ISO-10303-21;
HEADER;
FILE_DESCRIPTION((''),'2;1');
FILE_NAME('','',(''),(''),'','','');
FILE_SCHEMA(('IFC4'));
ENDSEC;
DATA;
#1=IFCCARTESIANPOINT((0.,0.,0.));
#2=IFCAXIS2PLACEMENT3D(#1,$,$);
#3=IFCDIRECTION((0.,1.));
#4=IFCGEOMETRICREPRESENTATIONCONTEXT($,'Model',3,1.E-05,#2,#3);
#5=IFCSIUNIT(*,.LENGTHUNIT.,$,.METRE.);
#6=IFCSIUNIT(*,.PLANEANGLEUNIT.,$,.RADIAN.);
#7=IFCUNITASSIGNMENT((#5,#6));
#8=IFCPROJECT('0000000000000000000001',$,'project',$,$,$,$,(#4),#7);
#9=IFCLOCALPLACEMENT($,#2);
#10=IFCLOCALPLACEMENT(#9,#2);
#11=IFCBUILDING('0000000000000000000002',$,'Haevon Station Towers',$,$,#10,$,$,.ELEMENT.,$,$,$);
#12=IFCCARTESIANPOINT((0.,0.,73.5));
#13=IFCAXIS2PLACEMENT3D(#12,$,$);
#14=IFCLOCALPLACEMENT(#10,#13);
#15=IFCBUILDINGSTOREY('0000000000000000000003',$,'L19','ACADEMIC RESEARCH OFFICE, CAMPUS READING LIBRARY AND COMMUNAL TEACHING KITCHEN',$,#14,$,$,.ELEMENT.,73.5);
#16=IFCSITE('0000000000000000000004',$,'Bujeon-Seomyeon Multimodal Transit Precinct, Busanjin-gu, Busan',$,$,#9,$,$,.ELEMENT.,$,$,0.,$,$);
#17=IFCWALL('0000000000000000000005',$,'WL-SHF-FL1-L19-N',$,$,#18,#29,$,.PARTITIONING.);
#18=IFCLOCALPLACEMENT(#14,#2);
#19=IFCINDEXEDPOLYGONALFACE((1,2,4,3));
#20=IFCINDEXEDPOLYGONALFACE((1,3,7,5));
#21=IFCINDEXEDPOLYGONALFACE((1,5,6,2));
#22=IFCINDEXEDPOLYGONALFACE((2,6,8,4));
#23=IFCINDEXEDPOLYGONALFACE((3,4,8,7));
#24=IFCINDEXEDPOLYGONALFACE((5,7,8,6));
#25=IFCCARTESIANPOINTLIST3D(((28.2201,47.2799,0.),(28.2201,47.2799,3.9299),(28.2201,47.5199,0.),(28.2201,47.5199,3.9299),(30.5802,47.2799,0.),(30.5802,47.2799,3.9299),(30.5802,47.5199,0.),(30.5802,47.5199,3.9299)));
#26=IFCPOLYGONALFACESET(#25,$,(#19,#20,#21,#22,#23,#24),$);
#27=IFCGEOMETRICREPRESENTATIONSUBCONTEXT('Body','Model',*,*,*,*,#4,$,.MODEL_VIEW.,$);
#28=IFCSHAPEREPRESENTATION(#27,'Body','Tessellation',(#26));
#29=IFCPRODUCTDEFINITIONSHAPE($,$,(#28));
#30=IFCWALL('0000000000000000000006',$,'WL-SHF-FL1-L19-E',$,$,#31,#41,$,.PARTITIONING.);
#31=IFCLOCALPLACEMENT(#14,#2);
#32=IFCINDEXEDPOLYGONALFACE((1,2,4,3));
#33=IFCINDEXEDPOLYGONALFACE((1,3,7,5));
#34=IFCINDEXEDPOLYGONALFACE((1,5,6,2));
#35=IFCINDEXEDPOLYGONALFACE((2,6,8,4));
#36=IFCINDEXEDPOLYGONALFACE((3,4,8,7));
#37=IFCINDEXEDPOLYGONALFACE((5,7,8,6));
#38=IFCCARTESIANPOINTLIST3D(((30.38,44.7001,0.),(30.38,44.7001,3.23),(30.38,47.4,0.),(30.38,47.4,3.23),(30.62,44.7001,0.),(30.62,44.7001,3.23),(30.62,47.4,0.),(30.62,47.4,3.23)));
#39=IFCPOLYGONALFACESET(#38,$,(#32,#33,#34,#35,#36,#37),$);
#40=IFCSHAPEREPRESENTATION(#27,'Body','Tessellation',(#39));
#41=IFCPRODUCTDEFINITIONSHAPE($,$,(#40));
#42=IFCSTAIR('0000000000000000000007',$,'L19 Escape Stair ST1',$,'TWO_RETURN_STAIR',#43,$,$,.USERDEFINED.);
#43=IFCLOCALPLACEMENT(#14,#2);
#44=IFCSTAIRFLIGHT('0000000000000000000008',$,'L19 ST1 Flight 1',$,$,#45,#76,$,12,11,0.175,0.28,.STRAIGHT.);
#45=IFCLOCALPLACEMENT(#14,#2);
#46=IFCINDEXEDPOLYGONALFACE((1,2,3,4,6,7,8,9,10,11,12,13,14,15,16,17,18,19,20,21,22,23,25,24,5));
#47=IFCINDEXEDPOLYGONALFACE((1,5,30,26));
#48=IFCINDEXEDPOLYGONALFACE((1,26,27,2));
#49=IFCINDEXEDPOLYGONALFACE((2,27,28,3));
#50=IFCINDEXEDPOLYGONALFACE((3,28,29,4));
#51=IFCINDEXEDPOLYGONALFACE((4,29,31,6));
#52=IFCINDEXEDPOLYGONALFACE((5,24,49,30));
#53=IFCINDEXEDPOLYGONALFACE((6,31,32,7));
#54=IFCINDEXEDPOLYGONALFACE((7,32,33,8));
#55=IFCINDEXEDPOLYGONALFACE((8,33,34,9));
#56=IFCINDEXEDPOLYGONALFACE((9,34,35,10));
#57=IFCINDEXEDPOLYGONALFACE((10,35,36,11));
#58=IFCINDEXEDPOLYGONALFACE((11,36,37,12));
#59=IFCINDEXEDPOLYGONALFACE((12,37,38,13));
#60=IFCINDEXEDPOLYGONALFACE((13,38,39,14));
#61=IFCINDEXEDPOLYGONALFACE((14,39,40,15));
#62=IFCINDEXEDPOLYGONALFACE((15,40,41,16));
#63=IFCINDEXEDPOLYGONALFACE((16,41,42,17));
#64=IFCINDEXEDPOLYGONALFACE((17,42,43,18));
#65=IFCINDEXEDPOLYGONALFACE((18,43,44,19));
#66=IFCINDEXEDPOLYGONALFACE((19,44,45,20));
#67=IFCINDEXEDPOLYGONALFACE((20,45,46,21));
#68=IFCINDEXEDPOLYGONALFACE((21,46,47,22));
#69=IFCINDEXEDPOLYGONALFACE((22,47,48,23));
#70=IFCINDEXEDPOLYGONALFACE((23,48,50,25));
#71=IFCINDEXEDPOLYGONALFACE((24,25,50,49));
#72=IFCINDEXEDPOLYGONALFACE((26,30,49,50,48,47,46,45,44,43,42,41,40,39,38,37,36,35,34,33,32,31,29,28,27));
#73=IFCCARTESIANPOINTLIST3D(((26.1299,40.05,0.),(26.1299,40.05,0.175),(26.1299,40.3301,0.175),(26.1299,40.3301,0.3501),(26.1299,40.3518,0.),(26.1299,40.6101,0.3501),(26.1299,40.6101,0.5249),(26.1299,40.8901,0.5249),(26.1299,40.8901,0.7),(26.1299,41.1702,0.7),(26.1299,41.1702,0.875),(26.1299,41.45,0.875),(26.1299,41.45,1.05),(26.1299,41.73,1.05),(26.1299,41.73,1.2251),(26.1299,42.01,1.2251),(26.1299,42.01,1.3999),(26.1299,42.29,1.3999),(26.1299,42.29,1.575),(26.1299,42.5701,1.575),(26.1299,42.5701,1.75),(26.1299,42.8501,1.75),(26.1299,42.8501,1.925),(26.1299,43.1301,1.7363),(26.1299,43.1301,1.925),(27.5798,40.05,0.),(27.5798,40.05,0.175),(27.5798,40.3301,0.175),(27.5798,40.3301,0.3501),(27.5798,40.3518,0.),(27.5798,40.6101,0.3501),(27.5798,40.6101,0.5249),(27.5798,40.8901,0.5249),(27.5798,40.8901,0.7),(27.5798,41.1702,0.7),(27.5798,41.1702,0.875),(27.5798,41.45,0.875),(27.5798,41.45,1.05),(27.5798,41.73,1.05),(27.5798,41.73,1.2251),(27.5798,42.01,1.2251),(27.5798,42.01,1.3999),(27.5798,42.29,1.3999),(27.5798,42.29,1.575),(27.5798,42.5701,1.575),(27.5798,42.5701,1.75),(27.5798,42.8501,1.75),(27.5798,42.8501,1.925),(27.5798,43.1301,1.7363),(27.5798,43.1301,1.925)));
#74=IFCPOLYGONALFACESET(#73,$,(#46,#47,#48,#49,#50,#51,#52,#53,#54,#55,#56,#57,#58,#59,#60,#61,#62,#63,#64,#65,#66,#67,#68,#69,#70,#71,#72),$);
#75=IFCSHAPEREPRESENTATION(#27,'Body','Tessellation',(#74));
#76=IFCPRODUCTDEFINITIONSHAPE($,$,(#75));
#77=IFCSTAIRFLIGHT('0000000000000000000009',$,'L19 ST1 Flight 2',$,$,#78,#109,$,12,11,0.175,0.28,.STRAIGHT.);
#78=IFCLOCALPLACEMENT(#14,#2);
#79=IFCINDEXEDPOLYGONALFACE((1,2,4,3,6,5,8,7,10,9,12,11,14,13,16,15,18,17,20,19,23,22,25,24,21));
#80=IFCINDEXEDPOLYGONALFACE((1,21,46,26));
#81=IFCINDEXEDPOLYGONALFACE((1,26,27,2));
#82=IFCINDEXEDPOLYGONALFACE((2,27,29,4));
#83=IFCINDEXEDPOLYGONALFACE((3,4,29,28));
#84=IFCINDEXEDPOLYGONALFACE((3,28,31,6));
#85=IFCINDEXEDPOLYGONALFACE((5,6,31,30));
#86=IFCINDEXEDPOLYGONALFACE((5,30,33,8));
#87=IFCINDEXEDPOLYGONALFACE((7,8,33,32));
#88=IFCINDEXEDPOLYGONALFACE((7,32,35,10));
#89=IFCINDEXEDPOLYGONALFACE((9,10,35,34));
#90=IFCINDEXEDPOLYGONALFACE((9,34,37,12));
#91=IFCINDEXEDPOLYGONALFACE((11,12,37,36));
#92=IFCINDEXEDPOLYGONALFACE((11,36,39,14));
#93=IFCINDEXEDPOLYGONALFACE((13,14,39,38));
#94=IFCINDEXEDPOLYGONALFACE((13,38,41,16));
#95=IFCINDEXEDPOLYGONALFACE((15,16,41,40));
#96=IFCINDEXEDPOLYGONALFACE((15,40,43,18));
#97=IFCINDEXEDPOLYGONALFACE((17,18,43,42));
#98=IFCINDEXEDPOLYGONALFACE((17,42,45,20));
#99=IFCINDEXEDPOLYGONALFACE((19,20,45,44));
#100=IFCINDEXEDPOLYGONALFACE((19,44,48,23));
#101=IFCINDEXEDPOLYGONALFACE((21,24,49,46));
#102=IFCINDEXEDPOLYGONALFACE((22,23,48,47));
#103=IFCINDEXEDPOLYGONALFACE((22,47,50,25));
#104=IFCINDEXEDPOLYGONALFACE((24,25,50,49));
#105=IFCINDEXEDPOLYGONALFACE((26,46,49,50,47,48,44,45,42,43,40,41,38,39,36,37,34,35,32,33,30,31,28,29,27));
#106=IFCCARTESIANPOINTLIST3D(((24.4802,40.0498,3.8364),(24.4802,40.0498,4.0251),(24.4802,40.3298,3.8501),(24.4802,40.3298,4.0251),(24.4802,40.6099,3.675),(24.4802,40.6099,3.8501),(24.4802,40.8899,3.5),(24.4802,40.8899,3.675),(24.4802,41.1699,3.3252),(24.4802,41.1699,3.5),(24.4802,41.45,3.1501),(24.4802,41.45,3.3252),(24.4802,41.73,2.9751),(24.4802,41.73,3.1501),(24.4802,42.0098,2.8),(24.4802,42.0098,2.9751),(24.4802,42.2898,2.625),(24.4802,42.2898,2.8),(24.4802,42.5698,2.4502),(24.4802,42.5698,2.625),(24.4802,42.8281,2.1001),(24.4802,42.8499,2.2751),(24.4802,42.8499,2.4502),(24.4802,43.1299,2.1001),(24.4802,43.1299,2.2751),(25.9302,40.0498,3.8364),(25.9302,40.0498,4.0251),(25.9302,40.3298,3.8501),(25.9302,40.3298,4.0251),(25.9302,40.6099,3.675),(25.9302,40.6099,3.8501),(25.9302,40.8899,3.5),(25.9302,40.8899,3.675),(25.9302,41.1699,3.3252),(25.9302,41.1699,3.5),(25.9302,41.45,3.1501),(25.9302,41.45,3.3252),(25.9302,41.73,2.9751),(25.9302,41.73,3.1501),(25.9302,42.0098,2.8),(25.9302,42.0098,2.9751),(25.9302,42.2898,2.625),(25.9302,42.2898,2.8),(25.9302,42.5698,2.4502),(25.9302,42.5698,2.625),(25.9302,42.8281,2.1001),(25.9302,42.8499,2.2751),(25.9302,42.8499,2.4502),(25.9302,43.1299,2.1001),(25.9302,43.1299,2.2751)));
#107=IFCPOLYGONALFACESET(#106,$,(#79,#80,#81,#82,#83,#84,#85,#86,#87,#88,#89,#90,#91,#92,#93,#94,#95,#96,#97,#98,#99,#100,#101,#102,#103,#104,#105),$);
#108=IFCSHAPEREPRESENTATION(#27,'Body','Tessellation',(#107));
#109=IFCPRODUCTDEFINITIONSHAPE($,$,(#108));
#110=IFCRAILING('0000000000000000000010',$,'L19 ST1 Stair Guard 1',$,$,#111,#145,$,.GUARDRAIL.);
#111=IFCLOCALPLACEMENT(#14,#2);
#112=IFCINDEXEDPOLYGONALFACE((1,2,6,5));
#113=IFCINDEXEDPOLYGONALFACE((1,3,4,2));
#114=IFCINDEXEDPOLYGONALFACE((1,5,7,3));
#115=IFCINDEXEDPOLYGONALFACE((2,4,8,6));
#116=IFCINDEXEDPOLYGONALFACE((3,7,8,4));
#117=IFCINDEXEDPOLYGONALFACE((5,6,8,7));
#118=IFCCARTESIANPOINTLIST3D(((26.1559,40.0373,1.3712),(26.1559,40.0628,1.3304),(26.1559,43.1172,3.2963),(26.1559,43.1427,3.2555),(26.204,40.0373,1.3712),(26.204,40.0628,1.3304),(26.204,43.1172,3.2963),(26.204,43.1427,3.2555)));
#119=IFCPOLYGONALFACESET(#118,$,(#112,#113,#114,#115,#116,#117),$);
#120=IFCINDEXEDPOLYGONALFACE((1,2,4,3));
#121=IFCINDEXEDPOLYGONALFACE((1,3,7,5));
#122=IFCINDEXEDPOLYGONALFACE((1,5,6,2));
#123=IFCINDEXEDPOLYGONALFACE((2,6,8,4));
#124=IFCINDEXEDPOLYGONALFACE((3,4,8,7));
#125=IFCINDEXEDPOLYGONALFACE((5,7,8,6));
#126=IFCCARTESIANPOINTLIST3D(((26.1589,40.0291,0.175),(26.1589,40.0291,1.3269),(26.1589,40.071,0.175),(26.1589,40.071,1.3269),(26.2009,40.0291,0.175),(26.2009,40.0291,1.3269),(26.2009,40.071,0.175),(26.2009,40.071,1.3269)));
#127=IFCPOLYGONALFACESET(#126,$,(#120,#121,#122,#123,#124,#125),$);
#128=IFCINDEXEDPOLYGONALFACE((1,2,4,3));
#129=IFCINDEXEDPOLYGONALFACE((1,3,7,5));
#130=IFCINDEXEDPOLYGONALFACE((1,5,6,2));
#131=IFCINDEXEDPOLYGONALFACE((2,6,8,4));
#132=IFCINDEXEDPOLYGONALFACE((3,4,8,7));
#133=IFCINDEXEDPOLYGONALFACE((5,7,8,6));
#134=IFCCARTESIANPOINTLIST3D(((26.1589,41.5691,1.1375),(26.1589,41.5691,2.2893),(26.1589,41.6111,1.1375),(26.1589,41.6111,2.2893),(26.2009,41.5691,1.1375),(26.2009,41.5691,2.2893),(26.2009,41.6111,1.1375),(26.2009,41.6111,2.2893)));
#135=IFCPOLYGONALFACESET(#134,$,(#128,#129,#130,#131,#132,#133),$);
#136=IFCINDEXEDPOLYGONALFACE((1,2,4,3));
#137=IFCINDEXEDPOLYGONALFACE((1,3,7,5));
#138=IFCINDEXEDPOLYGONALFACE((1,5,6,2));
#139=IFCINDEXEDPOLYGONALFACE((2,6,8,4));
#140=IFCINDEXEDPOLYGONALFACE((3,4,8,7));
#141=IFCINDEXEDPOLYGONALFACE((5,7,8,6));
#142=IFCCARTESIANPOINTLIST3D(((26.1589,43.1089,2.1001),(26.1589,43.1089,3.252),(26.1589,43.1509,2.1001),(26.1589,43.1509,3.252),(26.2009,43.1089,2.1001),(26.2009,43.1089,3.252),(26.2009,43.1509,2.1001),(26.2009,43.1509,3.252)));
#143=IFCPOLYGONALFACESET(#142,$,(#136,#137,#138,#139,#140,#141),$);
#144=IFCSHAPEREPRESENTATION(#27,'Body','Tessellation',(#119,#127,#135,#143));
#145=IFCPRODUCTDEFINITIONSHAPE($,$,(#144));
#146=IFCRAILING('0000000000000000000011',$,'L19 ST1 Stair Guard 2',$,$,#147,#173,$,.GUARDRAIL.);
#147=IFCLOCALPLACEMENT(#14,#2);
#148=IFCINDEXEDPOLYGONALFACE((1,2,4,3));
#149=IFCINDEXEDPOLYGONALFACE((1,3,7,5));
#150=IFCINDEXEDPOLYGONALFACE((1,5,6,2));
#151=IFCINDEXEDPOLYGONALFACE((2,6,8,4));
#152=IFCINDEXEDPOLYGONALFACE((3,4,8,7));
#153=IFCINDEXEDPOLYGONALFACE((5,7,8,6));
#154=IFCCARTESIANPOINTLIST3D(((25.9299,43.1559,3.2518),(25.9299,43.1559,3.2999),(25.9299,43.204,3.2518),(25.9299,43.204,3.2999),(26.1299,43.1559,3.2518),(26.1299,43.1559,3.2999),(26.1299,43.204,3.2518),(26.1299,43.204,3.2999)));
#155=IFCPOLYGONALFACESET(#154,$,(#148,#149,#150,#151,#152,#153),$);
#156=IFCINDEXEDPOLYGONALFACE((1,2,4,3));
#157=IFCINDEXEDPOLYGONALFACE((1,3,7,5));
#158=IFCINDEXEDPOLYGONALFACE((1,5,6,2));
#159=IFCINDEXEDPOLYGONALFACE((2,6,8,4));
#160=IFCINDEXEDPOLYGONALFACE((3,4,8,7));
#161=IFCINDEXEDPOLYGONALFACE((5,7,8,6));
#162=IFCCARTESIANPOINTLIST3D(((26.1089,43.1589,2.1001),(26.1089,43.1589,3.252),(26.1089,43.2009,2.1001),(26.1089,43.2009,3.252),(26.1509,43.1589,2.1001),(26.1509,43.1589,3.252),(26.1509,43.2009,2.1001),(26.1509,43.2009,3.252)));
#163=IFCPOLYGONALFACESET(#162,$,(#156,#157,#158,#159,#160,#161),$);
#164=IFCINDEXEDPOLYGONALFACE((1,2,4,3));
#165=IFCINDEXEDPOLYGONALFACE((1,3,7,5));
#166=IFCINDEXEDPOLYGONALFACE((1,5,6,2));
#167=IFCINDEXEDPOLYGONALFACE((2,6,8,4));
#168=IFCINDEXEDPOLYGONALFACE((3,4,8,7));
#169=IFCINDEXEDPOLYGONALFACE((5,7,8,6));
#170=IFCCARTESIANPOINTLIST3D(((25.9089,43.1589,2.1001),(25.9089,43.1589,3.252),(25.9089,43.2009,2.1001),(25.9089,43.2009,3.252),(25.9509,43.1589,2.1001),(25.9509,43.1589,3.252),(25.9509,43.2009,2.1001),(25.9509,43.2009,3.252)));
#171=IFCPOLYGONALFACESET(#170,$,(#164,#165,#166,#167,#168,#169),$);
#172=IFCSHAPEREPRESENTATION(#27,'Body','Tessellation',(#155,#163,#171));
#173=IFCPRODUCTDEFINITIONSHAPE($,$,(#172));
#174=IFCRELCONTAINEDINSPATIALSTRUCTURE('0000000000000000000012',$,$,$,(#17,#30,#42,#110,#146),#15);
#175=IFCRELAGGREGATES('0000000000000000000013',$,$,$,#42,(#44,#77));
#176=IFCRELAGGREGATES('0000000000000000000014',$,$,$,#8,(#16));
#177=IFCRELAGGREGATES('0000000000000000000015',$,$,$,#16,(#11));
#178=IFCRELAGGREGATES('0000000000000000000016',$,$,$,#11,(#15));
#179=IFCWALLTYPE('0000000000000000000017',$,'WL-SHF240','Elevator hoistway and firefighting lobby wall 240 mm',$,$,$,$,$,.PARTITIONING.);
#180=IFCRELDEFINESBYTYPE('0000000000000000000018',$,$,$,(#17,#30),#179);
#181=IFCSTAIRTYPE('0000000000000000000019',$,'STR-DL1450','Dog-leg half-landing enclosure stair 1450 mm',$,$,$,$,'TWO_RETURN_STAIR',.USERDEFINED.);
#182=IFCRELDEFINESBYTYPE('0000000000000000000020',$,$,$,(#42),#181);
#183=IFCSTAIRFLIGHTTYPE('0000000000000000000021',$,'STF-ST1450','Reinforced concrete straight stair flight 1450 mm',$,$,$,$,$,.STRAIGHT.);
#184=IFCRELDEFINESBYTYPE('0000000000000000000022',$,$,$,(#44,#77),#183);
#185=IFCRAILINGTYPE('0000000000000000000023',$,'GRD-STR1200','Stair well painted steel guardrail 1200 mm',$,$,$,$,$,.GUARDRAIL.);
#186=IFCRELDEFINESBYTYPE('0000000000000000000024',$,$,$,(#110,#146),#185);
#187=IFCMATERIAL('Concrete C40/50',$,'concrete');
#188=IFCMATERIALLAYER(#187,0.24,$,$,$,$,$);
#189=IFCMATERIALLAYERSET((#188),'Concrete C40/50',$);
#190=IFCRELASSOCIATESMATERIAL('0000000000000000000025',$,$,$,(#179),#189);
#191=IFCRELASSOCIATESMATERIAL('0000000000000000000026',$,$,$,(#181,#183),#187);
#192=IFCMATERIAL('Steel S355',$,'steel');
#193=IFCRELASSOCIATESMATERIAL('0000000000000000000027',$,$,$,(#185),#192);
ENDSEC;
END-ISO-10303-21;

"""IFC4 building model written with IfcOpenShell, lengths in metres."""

from ifc_helpers import new_model, si_unit, direction, frame, frame_2d, origin, origin_2d, place, context, subcontext, project, spatial, polyline, rectangle, outline, extrude, material, layer, layer_set, type_object, element, aggregate, save


model = new_model("IFC4")

# Units and contexts
model_context = context("Model", 3, precision=1e-05, world=origin(), true_north=direction((0.0, 1.0)))
body_context = subcontext(model_context, "Body", "Model", "MODEL_VIEW")
ifc_project = project(units=[si_unit("LENGTHUNIT", "METRE"), si_unit("PLANEANGLEUNIT", "RADIAN")], contexts=[model_context])

# Site, building, storey
site_placement = place(None, origin())
site = spatial("IfcSite", under=ifc_project, at=site_placement, Name="Bujeon-Seomyeon Multimodal Transit Precinct, Busanjin-gu, Busan", CompositionType="ELEMENT", RefElevation=0.0)
building_placement = place(site_placement, origin())
building = spatial("IfcBuilding", under=site, at=building_placement, Name="Haevon Station Towers", CompositionType="ELEMENT")
storey_placement = place(building_placement, frame((0.0, 0.0, 73.5)))
storey = spatial("IfcBuildingStorey", under=building, at=storey_placement, Name="L19", Description="ACADEMIC RESEARCH OFFICE, CAMPUS READING LIBRARY AND COMMUNAL TEACHING KITCHEN", CompositionType="ELEMENT", Elevation=73.5)

# Shared definitions
ifc_material_1 = material(Name="Steel S355", Category="steel")

# Shared definitions
ifc_material_2 = material(Name="Concrete C40/50", Category="concrete")
ifc_layer_1 = layer(ifc_material_2, 0.24)
ifc_layer_set_1 = layer_set([ifc_layer_1], Name="Concrete C40/50")
wall_type_1 = type_object("IfcWallType", Name="WL-SHF240", Description="Elevator hoistway and firefighting lobby wall 240 mm", PredefinedType="PARTITIONING", material=ifc_layer_set_1)

# Walls
wall_1_placement = place(storey_placement, frame((28.22, 47.3999, 0.0), z_axis=(0.0, 0.0, 1.0), x_axis=(1.0, 0.0, 0.0)))
element("IfcWall", 1, at=wall_1_placement, inside=storey, type_object=wall_type_1, Name="WL-SHF-FL1-L19-N", PredefinedType="PARTITIONING", context=body_context, shape_type="SweptSolid", body=[
    extrude(rectangle(XDim=2.3601, YDim=0.24, at=frame_2d((1.1802, 0.0))), origin(), (0.0, 0.0, 1.0), 3.9299),
])
wall_2_placement = place(storey_placement, frame((30.5, 44.7, 0.0), z_axis=(0.0, 0.0, 1.0), x_axis=(0.0, 1.0, 0.0)))
element("IfcWall", 2, at=wall_2_placement, inside=storey, type_object=wall_type_1, Name="WL-SHF-FL1-L19-E", PredefinedType="PARTITIONING", context=body_context, shape_type="SweptSolid", body=[
    extrude(rectangle(XDim=2.7, YDim=0.24, at=frame_2d((1.3501, 0.0))), origin(), (0.0, 0.0, 1.0), 3.23),
])

# Stair, stair flights
stair_type = type_object("IfcStairType", Name="STR-DL1450", Description="Dog-leg half-landing enclosure stair 1450 mm", ElementType="TWO_RETURN_STAIR", PredefinedType="USERDEFINED", material=ifc_material_2)
stair_placement = place(storey_placement, origin())
stair = element("IfcStair", 3, at=stair_placement, inside=storey, type_object=stair_type, Name="L19 Escape Stair ST1", ObjectType="TWO_RETURN_STAIR", PredefinedType="USERDEFINED")
stair_flight_type = type_object("IfcStairFlightType", Name="STF-ST1450", Description="Reinforced concrete straight stair flight 1450 mm", PredefinedType="STRAIGHT", material=ifc_material_2)
stair_flight_1_placement = place(storey_placement, frame((26.855, 40.05, 0.0), z_axis=(0.0, 0.0, 1.0), x_axis=(0.0, 1.0, 0.0)))
stair_flight_1 = element("IfcStairFlight", 4, at=stair_flight_1_placement, type_object=stair_flight_type, Name="L19 ST1 Flight 1", NumberOfRisers=12, NumberOfTreads=11, PredefinedType="STRAIGHT", RiserHeight=0.175, TreadLength=0.28, context=body_context, shape_type="SweptSolid", body=[
    extrude(outline(polyline([(0.0, 0.0), (0.0, 0.175), (0.28, 0.175), (0.28, 0.3501), (0.5601, 0.3501), (0.5601, 0.5249), (0.8401, 0.5249), (0.8401, 0.7), (1.1201, 0.7), (1.1201, 0.875), (1.3999, 0.875), (1.3999, 1.05), (1.6799, 1.05), (1.6799, 1.2251), (1.96, 1.2251), (1.96, 1.3999), (2.24, 1.3999), (2.24, 1.575), (2.52, 1.575), (2.52, 1.75), (2.8, 1.75), (2.8, 1.925), (3.0801, 1.925), (3.0801, 2.1001), (3.0801, 1.7363), (0.3018, 0.0), (0.0, 0.0)])), frame((0.0, 0.7251, 0.0), z_axis=(0.0, -1.0, 0.0), x_axis=(1.0, 0.0, 0.0)), (0.0, 0.0, 1.0), 1.45),
])
stair_flight_2_placement = place(storey_placement, frame((25.2051, 43.1299, 2.1001), z_axis=(0.0, 0.0, 1.0), x_axis=(0.0, -1.0, 0.0)))
stair_flight_2 = element("IfcStairFlight", 5, at=stair_flight_2_placement, type_object=stair_flight_type, Name="L19 ST1 Flight 2", NumberOfRisers=12, NumberOfTreads=11, PredefinedType="STRAIGHT", RiserHeight=0.175, TreadLength=0.28, context=body_context, shape_type="SweptSolid", body=[
    extrude(outline(polyline([(0.0, 0.0), (0.0, 0.175), (0.28, 0.175), (0.28, 0.3501), (0.5601, 0.3501), (0.5601, 0.5249), (0.8401, 0.5249), (0.8401, 0.7), (1.1201, 0.7), (1.1201, 0.875), (1.3999, 0.875), (1.3999, 1.05), (1.6799, 1.05), (1.6799, 1.2251), (1.96, 1.2251), (1.96, 1.3999), (2.24, 1.3999), (2.24, 1.575), (2.52, 1.575), (2.52, 1.75), (2.8, 1.75), (2.8, 1.925), (3.0801, 1.925), (3.0801, 2.1001), (3.0801, 1.7363), (0.3018, 0.0), (0.0, 0.0)])), frame((0.0, 0.7251, 0.0), z_axis=(0.0, -1.0, 0.0), x_axis=(1.0, 0.0, 0.0)), (0.0, 0.0, 1.0), 1.45),
])
aggregate(stair, [stair_flight_1, stair_flight_2])

# Railings
railing_type_1 = type_object("IfcRailingType", Name="GRD-STR1200", Description="Stair well painted steel guardrail 1200 mm", PredefinedType="GUARDRAIL", material=ifc_material_1)
railing_1_placement = place(storey_placement, frame((26.1799, 40.05, 0.175)))
element("IfcRailing", 6, at=railing_1_placement, inside=storey, type_object=railing_type_1, Name="L19 ST1 Stair Guard 1", PredefinedType="GUARDRAIL", context=body_context, shape_type="SweptSolid", body=[
    extrude(rectangle(XDim=0.0481, YDim=0.0481, at=origin_2d()), frame((0.0, 0.0, 1.1758), z_axis=(0.0, 0.847979, 0.530029), x_axis=(-1.0, 0.0, 0.0)), (0.0, 0.0, 1.0), 3.6321),
    extrude(rectangle(XDim=0.042, YDim=0.042, at=origin_2d()), origin(), (0.0, 0.0, 1.0), 1.1519),
    extrude(rectangle(XDim=0.042, YDim=0.042, at=origin_2d()), frame((0.0, 1.54, 0.9624)), (0.0, 0.0, 1.0), 1.1519),
    extrude(rectangle(XDim=0.042, YDim=0.042, at=origin_2d()), frame((0.0, 3.0798, 1.925)), (0.0, 0.0, 1.0), 1.1519),
])
railing_2_placement = place(storey_placement, frame((26.1299, 43.1799, 2.1001)))
element("IfcRailing", 7, at=railing_2_placement, inside=storey, type_object=railing_type_1, Name="L19 ST1 Stair Guard 2", PredefinedType="GUARDRAIL", context=body_context, shape_type="SweptSolid", body=[
    extrude(rectangle(XDim=0.0481, YDim=0.0481, at=origin_2d()), frame((0.0, 0.0, 1.1758), z_axis=(-1.0, 0.0, 0.0), x_axis=(0.0, -1.0, 0.0)), (0.0, 0.0, 1.0), 0.2),
    extrude(rectangle(XDim=0.042, YDim=0.042, at=origin_2d()), origin(), (0.0, 0.0, 1.0), 1.1519),
    extrude(rectangle(XDim=0.042, YDim=0.042, at=origin_2d()), frame((-0.2, 0.0, 0.0)), (0.0, 0.0, 1.0), 1.1519),
])

save(model, "model.ifc")
